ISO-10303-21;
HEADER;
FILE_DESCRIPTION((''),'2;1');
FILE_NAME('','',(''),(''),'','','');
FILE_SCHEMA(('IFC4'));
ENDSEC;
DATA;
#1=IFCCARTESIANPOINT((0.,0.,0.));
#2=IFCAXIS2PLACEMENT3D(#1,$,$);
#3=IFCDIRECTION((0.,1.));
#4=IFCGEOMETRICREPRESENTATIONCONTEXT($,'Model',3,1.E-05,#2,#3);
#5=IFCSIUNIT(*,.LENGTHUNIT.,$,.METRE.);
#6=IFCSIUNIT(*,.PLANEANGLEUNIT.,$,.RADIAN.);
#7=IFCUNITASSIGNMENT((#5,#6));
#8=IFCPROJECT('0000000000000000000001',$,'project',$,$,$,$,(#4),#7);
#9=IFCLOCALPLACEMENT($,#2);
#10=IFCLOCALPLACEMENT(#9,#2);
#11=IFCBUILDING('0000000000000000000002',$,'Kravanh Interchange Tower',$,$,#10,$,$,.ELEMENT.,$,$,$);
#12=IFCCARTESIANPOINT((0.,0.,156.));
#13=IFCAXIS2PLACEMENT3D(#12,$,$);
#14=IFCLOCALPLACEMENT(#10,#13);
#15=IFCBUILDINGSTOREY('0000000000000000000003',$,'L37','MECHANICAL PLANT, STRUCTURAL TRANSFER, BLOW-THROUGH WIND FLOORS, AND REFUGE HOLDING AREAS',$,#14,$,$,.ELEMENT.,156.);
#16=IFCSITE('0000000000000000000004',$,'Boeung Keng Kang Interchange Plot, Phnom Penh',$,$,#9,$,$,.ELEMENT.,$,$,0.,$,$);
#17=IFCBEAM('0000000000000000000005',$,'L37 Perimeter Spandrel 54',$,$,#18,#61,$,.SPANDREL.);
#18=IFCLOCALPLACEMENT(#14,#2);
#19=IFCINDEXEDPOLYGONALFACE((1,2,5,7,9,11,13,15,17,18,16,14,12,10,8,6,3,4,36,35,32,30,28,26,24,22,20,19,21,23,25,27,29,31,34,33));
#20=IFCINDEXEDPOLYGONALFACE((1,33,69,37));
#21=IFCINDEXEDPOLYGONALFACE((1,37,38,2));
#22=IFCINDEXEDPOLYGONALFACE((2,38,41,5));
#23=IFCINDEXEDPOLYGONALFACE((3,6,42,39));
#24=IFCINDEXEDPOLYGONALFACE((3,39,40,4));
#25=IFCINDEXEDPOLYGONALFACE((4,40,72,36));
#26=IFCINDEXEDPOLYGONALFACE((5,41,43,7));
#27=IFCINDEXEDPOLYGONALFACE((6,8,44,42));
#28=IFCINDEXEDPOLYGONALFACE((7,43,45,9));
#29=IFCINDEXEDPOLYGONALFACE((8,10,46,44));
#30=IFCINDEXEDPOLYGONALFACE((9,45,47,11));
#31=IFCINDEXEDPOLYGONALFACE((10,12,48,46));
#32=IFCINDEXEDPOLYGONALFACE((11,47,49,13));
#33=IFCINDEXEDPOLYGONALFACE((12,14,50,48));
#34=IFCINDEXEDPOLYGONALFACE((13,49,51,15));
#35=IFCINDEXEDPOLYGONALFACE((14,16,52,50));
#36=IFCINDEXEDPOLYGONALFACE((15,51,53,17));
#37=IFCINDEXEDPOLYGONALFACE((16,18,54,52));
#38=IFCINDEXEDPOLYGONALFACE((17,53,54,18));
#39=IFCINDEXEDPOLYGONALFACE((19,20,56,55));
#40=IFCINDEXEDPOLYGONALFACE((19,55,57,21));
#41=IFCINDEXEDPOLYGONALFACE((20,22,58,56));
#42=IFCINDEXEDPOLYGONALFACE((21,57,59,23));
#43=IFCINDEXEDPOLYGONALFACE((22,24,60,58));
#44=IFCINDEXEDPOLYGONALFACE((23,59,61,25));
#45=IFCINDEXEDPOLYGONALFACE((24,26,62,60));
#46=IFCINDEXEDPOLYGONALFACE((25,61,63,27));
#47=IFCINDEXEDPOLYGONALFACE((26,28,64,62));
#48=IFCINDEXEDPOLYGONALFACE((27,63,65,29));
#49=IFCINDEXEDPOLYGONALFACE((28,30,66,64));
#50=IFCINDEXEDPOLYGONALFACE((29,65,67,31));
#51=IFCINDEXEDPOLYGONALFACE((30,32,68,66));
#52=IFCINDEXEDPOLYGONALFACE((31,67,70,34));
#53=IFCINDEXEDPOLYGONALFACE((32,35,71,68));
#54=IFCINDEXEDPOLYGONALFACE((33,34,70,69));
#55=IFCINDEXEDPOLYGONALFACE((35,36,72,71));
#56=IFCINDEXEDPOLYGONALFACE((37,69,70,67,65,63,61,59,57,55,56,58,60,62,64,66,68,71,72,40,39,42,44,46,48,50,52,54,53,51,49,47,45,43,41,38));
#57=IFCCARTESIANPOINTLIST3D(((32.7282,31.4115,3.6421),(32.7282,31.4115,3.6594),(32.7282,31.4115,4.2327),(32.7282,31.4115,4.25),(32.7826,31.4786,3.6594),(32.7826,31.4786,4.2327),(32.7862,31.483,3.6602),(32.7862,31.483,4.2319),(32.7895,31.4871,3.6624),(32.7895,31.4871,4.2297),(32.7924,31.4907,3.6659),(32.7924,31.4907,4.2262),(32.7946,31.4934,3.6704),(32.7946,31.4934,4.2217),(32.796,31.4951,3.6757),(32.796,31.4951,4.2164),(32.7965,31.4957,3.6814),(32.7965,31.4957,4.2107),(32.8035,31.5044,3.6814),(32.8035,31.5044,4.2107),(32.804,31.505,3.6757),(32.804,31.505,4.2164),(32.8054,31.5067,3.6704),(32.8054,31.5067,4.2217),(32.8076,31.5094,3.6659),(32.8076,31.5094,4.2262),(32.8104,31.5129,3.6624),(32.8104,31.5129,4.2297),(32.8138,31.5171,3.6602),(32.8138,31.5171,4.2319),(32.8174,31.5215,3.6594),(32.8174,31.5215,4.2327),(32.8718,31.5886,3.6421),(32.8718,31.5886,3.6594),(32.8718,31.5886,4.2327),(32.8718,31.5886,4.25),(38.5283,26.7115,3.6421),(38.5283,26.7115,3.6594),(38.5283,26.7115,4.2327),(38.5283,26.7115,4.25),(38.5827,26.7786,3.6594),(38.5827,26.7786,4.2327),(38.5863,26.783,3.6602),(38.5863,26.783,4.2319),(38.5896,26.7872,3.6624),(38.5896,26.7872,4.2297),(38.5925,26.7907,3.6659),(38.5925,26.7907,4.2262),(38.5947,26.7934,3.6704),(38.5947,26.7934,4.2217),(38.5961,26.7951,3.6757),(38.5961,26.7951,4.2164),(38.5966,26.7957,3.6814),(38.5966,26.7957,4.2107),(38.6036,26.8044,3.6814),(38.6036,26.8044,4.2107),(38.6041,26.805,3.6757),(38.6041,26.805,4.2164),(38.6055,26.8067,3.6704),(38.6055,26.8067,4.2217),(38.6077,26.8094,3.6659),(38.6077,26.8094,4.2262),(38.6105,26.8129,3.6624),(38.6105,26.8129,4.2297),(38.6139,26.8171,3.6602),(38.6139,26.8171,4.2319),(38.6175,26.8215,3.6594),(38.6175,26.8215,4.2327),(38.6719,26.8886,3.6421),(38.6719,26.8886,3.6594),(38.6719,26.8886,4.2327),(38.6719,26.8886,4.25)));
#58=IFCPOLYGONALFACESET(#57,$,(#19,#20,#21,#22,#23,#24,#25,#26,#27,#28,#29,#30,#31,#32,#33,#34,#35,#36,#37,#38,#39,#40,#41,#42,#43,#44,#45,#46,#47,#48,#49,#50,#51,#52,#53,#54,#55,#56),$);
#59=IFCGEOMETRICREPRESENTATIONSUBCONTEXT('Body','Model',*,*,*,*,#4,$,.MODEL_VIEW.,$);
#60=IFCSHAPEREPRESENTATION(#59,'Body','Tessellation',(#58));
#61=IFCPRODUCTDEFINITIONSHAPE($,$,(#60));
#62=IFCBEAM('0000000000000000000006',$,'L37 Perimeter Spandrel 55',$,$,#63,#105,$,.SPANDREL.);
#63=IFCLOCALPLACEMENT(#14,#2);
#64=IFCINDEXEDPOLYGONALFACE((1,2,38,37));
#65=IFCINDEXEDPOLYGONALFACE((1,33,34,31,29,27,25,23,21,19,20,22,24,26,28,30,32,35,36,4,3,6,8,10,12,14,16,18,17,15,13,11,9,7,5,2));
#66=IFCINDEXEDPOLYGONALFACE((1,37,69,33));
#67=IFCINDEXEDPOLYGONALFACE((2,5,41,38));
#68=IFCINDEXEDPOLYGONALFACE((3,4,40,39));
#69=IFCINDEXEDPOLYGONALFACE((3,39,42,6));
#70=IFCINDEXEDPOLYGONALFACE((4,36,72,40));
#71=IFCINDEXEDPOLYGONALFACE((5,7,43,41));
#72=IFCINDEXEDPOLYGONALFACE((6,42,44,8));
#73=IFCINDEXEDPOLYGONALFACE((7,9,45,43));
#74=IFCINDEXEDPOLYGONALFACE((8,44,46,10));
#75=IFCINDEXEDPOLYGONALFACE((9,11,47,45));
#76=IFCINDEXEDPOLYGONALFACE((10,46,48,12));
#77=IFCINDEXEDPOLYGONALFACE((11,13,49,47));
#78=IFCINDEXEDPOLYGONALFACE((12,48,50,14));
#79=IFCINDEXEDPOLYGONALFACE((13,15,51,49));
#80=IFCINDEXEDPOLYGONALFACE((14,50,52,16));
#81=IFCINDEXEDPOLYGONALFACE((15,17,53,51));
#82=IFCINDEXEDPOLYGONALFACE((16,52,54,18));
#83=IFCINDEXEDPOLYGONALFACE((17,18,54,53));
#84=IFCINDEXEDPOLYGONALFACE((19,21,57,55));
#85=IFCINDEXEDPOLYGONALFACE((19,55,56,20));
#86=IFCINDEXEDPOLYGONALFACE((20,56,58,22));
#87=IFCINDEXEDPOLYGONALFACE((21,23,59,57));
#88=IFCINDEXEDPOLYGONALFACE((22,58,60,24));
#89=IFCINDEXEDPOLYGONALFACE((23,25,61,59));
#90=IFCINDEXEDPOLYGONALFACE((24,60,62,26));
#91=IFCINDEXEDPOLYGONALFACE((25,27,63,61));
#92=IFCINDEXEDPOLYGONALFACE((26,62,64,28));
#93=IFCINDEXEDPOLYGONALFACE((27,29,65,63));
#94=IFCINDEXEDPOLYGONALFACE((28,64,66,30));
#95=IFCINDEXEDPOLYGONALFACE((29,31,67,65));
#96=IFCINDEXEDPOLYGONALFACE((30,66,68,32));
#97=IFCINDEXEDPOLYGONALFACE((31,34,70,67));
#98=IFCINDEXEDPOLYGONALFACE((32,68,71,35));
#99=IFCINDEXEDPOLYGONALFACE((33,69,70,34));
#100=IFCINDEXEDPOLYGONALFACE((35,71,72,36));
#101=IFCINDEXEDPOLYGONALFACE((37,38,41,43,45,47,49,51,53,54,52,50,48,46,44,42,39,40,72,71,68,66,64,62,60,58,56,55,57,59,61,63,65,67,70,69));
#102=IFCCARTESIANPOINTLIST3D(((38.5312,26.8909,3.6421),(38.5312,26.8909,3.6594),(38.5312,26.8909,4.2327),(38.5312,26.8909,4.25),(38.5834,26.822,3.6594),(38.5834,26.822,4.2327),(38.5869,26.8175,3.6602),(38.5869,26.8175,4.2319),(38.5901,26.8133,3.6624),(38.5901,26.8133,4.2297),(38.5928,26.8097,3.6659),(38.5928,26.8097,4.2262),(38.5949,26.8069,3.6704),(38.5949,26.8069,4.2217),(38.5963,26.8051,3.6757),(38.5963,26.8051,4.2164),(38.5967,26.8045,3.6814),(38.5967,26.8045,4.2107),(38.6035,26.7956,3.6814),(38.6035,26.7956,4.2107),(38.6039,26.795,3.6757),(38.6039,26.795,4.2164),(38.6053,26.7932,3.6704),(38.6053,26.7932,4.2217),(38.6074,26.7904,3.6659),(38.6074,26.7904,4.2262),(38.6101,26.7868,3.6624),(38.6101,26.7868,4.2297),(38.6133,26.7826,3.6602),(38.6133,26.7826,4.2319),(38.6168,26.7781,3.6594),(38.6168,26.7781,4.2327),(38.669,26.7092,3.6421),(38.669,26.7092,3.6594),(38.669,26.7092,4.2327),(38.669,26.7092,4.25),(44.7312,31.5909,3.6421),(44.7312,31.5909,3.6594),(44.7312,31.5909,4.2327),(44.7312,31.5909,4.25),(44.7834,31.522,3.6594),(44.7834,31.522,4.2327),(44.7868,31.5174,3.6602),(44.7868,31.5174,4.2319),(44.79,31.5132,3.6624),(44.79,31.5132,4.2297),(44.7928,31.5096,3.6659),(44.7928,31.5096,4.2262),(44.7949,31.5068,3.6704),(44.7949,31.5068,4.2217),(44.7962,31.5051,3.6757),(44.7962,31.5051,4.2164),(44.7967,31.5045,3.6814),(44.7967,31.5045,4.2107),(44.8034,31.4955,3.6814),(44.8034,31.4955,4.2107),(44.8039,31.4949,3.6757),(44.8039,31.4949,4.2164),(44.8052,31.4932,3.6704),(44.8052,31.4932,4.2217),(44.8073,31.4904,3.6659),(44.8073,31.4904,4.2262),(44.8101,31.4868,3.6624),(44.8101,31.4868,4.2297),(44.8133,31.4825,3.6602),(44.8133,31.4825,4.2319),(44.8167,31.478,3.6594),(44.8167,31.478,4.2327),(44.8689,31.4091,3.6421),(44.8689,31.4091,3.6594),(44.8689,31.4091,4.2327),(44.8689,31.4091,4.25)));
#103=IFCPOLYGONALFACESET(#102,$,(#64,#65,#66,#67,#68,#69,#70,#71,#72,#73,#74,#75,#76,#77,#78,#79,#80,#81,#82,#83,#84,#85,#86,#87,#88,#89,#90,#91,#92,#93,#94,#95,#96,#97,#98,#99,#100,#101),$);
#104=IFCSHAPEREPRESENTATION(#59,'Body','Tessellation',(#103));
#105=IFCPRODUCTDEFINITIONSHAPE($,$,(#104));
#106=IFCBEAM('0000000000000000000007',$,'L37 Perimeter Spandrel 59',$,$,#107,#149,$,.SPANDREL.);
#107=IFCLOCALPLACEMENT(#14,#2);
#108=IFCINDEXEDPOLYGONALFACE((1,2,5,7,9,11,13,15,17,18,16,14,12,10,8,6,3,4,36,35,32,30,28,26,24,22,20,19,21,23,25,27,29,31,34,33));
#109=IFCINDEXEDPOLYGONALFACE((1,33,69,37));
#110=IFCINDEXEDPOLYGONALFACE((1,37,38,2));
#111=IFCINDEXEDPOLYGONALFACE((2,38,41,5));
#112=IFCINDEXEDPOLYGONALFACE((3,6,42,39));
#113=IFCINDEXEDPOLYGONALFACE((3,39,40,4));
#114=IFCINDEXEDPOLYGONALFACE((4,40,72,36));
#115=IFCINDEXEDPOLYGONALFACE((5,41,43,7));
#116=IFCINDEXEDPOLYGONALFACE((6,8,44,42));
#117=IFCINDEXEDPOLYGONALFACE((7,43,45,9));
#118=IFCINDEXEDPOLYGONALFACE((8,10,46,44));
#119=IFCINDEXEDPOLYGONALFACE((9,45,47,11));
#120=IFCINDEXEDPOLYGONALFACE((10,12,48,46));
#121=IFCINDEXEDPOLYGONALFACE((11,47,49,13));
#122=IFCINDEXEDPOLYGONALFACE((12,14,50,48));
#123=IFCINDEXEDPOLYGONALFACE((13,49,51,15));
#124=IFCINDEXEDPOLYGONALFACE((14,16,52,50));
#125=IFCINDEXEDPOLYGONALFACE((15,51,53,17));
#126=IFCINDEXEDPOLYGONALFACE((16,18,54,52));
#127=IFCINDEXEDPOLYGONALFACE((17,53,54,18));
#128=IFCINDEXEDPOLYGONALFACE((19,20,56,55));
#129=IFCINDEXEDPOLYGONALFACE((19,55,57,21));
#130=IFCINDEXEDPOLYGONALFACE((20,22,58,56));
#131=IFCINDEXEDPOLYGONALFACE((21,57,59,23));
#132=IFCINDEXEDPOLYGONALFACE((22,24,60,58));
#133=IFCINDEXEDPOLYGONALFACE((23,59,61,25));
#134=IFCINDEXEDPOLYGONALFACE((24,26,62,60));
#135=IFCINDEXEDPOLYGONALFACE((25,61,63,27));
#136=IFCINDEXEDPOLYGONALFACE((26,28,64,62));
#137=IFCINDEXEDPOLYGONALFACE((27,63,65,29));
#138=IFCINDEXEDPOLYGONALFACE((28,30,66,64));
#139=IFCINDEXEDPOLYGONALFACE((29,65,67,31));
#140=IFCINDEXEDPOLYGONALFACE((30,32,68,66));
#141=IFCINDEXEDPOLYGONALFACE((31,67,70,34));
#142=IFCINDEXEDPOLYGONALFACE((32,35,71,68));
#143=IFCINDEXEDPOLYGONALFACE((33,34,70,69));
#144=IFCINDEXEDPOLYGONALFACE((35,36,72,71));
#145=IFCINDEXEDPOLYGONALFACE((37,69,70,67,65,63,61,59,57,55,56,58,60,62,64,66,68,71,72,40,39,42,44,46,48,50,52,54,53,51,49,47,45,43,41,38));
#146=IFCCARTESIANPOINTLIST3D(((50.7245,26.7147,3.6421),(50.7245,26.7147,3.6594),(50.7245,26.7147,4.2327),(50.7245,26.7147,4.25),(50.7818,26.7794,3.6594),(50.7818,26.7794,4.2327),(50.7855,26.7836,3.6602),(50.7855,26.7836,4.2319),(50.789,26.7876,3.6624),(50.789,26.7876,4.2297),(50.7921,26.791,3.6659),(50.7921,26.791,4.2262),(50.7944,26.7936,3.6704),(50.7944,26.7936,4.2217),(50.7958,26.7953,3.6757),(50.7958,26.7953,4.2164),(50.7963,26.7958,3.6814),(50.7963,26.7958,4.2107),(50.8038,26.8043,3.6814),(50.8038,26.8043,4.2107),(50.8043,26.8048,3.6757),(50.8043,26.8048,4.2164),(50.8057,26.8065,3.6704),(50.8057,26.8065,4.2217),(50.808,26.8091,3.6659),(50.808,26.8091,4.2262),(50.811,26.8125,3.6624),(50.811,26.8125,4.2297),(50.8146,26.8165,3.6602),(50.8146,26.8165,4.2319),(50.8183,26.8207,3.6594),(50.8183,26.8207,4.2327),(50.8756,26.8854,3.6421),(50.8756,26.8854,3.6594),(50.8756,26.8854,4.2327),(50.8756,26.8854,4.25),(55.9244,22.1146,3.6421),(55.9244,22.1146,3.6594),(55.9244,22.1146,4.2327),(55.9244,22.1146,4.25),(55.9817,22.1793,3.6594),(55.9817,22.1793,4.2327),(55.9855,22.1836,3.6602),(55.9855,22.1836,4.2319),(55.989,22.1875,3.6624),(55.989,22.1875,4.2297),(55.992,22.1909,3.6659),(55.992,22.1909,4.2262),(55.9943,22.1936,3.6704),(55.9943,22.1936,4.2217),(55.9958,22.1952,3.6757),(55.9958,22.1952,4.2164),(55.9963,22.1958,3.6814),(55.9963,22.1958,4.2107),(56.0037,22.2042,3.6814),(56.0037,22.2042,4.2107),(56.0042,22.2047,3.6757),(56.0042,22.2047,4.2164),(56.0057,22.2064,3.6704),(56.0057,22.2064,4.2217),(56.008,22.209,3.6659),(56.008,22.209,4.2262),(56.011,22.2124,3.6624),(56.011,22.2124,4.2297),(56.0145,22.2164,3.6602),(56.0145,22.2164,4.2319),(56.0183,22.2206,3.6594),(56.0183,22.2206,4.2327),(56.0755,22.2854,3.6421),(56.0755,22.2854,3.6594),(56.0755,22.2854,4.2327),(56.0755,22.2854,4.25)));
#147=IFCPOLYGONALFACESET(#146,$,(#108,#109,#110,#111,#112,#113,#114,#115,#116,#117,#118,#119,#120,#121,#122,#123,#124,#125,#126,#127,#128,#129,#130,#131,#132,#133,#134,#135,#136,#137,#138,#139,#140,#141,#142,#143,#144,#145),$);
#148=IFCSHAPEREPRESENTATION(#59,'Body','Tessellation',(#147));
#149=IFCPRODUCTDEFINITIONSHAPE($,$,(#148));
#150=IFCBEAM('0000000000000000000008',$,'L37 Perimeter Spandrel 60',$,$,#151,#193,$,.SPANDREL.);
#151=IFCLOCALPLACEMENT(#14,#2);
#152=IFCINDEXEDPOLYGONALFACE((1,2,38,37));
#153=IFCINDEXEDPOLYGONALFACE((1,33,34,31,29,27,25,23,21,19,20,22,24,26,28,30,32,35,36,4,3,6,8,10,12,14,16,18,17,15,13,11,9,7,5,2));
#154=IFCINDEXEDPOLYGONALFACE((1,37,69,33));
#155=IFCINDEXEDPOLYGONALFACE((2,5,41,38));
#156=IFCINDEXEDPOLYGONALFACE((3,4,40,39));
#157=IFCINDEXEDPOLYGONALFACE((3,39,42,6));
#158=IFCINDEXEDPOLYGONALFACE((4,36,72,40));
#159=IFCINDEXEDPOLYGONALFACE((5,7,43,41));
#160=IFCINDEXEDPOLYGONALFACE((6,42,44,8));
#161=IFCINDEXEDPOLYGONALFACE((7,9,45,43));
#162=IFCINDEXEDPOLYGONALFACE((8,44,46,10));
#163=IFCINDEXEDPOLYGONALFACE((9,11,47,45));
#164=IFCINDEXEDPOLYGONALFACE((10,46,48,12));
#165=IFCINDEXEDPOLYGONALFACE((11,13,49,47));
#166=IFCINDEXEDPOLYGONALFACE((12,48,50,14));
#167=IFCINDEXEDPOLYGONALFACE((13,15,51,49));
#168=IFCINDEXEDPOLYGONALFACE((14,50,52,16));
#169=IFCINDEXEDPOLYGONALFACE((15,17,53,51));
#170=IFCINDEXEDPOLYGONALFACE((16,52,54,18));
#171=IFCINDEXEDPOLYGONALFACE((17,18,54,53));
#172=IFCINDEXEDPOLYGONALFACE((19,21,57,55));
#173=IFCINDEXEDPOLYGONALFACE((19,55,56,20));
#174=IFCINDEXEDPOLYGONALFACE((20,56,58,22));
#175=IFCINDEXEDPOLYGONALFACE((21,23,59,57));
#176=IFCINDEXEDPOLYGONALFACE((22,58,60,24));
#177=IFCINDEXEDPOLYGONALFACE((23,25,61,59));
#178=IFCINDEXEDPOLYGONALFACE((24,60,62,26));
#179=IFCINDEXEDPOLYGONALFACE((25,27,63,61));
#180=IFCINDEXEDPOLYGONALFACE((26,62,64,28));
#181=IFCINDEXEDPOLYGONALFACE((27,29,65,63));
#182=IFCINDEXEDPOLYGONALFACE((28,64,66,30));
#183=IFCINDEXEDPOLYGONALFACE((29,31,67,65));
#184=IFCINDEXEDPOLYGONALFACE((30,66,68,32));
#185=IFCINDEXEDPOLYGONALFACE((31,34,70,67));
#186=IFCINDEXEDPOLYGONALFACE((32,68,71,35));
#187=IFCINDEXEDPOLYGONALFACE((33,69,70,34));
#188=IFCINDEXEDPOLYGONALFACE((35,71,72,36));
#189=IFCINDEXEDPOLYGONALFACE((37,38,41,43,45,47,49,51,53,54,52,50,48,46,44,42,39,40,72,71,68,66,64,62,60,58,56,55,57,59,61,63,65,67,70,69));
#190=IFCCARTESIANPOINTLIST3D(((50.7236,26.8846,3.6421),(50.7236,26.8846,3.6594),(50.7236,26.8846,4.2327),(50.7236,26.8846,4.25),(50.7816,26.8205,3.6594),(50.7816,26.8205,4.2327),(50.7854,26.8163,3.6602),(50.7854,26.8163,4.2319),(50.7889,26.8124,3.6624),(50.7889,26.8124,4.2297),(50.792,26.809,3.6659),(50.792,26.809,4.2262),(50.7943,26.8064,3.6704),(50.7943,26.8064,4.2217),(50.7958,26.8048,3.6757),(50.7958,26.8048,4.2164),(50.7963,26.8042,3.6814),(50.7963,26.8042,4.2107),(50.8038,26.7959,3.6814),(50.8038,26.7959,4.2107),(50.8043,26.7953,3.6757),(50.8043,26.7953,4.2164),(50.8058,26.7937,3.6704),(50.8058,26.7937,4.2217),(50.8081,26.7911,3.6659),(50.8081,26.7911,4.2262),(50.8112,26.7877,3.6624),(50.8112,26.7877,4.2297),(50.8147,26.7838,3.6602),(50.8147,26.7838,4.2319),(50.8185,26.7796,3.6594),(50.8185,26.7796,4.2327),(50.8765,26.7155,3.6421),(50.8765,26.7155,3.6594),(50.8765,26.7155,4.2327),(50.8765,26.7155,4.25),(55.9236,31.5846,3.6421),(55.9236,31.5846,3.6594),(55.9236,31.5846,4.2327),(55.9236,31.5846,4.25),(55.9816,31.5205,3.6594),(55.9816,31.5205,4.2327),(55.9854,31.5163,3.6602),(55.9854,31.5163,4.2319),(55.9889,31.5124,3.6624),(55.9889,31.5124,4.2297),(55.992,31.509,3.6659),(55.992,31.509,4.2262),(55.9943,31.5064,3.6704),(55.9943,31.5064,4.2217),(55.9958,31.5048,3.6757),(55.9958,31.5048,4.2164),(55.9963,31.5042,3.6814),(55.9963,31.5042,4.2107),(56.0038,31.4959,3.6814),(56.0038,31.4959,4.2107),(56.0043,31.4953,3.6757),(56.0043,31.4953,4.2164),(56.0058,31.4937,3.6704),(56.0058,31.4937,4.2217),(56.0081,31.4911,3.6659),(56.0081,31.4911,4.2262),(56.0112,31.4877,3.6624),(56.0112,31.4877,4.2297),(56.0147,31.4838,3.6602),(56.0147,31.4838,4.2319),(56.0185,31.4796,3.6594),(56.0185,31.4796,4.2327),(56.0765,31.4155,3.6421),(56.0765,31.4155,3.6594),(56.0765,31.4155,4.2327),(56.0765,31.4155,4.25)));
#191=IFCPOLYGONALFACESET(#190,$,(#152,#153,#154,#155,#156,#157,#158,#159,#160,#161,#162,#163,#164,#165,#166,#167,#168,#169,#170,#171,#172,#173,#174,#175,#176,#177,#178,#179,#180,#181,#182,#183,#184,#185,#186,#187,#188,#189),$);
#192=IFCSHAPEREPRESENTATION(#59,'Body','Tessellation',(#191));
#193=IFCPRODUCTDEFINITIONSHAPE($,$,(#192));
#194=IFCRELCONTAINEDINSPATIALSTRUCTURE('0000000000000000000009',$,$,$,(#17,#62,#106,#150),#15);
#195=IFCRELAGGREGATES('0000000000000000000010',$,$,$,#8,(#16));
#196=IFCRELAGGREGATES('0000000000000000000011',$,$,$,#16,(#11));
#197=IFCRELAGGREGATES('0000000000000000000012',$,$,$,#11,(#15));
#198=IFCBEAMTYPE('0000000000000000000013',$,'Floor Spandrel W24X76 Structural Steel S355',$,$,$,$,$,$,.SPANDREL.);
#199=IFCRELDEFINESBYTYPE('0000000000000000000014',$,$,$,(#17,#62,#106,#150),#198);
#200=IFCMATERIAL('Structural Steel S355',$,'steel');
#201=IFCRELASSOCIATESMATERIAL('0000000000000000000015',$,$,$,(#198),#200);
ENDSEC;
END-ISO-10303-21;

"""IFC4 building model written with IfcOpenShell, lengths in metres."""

from ifc_helpers import new_model, si_unit, direction, frame, origin, origin_2d, place, context, subcontext, project, spatial, i_section, extrude, material, material_profile, profile_set, type_object, element, save


model = new_model("IFC4")

# Units and contexts
model_context = context("Model", 3, precision=1e-05, world=origin(), true_north=direction((0.0, 1.0)))
body_context = subcontext(model_context, "Body", "Model", "MODEL_VIEW")
ifc_project = project(units=[si_unit("LENGTHUNIT", "METRE"), si_unit("PLANEANGLEUNIT", "RADIAN")], contexts=[model_context])

# Site, building, storey
site_placement = place(None, origin())
site = spatial("IfcSite", under=ifc_project, at=site_placement, Name="Boeung Keng Kang Interchange Plot, Phnom Penh", CompositionType="ELEMENT", RefElevation=0.0)
building_placement = place(site_placement, origin())
building = spatial("IfcBuilding", under=site, at=building_placement, Name="Kravanh Interchange Tower", CompositionType="ELEMENT")
storey_placement = place(building_placement, frame((0.0, 0.0, 156.0)))
storey = spatial("IfcBuildingStorey", under=building, at=storey_placement, Name="L37", Description="MECHANICAL PLANT, STRUCTURAL TRANSFER, BLOW-THROUGH WIND FLOORS, AND REFUGE HOLDING AREAS", CompositionType="ELEMENT", Elevation=156.0)

# Beams
ifc_material_1 = material(Name="Structural Steel S355", Category="steel")
ifc_material_profile_1 = material_profile(ifc_material_1, i_section(OverallWidth=0.228, OverallDepth=0.6079, WebThickness=0.0112, FlangeThickness=0.0173, FilletRadius=0.022, at=origin_2d()), Name="W24X76")
ifc_profile_set_1 = profile_set([ifc_material_profile_1], Name="Structural Steel S355")
beam_type_1 = type_object("IfcBeamType", Name="Floor Spandrel W24X76 Structural Steel S355", PredefinedType="SPANDREL", material=ifc_profile_set_1)
beam_1_placement = place(storey_placement, frame((38.6001, 26.8, 3.946), z_axis=(-0.776939, 0.629576, 0.0), x_axis=(-0.629576, -0.776939, 0.0)))
element("IfcBeam", 1, at=beam_1_placement, inside=storey, type_object=beam_type_1, Name="L37 Perimeter Spandrel 54", PredefinedType="SPANDREL", context=body_context, shape_type="SweptSolid", body=[
    extrude(i_section(OverallWidth=0.228, OverallDepth=0.6079, WebThickness=0.0112, FlangeThickness=0.0173, FilletRadius=0.022, at=origin_2d()), origin(), (0.0, 0.0, 1.0), 7.4653),
])
beam_2_placement = place(storey_placement, frame((38.6001, 26.8, 3.946), z_axis=(0.796905, 0.604104, 0.0), x_axis=(-0.604104, 0.796905, 0.0)))
element("IfcBeam", 2, at=beam_2_placement, inside=storey, type_object=beam_type_1, Name="L37 Perimeter Spandrel 55", PredefinedType="SPANDREL", context=body_context, shape_type="SweptSolid", body=[
    extrude(i_section(OverallWidth=0.228, OverallDepth=0.6079, WebThickness=0.0112, FlangeThickness=0.0173, FilletRadius=0.022, at=origin_2d()), origin(), (0.0, 0.0, 1.0), 7.78),
])
beam_3_placement = place(storey_placement, frame((50.8, 26.8, 3.946), z_axis=(0.748986, -0.662585, 0.0), x_axis=(0.662585, 0.748986, 0.0)))
element("IfcBeam", 3, at=beam_3_placement, inside=storey, type_object=beam_type_1, Name="L37 Perimeter Spandrel 59", PredefinedType="SPANDREL", context=body_context, shape_type="SweptSolid", body=[
    extrude(i_section(OverallWidth=0.228, OverallDepth=0.6079, WebThickness=0.0112, FlangeThickness=0.0173, FilletRadius=0.022, at=origin_2d()), origin(), (0.0, 0.0, 1.0), 6.9426),
])
beam_4_placement = place(storey_placement, frame((50.8, 26.8, 3.946), z_axis=(0.741874, 0.670539, 0.0), x_axis=(-0.670539, 0.741874, 0.0)))
element("IfcBeam", 4, at=beam_4_placement, inside=storey, type_object=beam_type_1, Name="L37 Perimeter Spandrel 60", PredefinedType="SPANDREL", context=body_context, shape_type="SweptSolid", body=[
    extrude(i_section(OverallWidth=0.228, OverallDepth=0.6079, WebThickness=0.0112, FlangeThickness=0.0173, FilletRadius=0.022, at=origin_2d()), origin(), (0.0, 0.0, 1.0), 7.0093),
])

save(model, "model.ifc")
